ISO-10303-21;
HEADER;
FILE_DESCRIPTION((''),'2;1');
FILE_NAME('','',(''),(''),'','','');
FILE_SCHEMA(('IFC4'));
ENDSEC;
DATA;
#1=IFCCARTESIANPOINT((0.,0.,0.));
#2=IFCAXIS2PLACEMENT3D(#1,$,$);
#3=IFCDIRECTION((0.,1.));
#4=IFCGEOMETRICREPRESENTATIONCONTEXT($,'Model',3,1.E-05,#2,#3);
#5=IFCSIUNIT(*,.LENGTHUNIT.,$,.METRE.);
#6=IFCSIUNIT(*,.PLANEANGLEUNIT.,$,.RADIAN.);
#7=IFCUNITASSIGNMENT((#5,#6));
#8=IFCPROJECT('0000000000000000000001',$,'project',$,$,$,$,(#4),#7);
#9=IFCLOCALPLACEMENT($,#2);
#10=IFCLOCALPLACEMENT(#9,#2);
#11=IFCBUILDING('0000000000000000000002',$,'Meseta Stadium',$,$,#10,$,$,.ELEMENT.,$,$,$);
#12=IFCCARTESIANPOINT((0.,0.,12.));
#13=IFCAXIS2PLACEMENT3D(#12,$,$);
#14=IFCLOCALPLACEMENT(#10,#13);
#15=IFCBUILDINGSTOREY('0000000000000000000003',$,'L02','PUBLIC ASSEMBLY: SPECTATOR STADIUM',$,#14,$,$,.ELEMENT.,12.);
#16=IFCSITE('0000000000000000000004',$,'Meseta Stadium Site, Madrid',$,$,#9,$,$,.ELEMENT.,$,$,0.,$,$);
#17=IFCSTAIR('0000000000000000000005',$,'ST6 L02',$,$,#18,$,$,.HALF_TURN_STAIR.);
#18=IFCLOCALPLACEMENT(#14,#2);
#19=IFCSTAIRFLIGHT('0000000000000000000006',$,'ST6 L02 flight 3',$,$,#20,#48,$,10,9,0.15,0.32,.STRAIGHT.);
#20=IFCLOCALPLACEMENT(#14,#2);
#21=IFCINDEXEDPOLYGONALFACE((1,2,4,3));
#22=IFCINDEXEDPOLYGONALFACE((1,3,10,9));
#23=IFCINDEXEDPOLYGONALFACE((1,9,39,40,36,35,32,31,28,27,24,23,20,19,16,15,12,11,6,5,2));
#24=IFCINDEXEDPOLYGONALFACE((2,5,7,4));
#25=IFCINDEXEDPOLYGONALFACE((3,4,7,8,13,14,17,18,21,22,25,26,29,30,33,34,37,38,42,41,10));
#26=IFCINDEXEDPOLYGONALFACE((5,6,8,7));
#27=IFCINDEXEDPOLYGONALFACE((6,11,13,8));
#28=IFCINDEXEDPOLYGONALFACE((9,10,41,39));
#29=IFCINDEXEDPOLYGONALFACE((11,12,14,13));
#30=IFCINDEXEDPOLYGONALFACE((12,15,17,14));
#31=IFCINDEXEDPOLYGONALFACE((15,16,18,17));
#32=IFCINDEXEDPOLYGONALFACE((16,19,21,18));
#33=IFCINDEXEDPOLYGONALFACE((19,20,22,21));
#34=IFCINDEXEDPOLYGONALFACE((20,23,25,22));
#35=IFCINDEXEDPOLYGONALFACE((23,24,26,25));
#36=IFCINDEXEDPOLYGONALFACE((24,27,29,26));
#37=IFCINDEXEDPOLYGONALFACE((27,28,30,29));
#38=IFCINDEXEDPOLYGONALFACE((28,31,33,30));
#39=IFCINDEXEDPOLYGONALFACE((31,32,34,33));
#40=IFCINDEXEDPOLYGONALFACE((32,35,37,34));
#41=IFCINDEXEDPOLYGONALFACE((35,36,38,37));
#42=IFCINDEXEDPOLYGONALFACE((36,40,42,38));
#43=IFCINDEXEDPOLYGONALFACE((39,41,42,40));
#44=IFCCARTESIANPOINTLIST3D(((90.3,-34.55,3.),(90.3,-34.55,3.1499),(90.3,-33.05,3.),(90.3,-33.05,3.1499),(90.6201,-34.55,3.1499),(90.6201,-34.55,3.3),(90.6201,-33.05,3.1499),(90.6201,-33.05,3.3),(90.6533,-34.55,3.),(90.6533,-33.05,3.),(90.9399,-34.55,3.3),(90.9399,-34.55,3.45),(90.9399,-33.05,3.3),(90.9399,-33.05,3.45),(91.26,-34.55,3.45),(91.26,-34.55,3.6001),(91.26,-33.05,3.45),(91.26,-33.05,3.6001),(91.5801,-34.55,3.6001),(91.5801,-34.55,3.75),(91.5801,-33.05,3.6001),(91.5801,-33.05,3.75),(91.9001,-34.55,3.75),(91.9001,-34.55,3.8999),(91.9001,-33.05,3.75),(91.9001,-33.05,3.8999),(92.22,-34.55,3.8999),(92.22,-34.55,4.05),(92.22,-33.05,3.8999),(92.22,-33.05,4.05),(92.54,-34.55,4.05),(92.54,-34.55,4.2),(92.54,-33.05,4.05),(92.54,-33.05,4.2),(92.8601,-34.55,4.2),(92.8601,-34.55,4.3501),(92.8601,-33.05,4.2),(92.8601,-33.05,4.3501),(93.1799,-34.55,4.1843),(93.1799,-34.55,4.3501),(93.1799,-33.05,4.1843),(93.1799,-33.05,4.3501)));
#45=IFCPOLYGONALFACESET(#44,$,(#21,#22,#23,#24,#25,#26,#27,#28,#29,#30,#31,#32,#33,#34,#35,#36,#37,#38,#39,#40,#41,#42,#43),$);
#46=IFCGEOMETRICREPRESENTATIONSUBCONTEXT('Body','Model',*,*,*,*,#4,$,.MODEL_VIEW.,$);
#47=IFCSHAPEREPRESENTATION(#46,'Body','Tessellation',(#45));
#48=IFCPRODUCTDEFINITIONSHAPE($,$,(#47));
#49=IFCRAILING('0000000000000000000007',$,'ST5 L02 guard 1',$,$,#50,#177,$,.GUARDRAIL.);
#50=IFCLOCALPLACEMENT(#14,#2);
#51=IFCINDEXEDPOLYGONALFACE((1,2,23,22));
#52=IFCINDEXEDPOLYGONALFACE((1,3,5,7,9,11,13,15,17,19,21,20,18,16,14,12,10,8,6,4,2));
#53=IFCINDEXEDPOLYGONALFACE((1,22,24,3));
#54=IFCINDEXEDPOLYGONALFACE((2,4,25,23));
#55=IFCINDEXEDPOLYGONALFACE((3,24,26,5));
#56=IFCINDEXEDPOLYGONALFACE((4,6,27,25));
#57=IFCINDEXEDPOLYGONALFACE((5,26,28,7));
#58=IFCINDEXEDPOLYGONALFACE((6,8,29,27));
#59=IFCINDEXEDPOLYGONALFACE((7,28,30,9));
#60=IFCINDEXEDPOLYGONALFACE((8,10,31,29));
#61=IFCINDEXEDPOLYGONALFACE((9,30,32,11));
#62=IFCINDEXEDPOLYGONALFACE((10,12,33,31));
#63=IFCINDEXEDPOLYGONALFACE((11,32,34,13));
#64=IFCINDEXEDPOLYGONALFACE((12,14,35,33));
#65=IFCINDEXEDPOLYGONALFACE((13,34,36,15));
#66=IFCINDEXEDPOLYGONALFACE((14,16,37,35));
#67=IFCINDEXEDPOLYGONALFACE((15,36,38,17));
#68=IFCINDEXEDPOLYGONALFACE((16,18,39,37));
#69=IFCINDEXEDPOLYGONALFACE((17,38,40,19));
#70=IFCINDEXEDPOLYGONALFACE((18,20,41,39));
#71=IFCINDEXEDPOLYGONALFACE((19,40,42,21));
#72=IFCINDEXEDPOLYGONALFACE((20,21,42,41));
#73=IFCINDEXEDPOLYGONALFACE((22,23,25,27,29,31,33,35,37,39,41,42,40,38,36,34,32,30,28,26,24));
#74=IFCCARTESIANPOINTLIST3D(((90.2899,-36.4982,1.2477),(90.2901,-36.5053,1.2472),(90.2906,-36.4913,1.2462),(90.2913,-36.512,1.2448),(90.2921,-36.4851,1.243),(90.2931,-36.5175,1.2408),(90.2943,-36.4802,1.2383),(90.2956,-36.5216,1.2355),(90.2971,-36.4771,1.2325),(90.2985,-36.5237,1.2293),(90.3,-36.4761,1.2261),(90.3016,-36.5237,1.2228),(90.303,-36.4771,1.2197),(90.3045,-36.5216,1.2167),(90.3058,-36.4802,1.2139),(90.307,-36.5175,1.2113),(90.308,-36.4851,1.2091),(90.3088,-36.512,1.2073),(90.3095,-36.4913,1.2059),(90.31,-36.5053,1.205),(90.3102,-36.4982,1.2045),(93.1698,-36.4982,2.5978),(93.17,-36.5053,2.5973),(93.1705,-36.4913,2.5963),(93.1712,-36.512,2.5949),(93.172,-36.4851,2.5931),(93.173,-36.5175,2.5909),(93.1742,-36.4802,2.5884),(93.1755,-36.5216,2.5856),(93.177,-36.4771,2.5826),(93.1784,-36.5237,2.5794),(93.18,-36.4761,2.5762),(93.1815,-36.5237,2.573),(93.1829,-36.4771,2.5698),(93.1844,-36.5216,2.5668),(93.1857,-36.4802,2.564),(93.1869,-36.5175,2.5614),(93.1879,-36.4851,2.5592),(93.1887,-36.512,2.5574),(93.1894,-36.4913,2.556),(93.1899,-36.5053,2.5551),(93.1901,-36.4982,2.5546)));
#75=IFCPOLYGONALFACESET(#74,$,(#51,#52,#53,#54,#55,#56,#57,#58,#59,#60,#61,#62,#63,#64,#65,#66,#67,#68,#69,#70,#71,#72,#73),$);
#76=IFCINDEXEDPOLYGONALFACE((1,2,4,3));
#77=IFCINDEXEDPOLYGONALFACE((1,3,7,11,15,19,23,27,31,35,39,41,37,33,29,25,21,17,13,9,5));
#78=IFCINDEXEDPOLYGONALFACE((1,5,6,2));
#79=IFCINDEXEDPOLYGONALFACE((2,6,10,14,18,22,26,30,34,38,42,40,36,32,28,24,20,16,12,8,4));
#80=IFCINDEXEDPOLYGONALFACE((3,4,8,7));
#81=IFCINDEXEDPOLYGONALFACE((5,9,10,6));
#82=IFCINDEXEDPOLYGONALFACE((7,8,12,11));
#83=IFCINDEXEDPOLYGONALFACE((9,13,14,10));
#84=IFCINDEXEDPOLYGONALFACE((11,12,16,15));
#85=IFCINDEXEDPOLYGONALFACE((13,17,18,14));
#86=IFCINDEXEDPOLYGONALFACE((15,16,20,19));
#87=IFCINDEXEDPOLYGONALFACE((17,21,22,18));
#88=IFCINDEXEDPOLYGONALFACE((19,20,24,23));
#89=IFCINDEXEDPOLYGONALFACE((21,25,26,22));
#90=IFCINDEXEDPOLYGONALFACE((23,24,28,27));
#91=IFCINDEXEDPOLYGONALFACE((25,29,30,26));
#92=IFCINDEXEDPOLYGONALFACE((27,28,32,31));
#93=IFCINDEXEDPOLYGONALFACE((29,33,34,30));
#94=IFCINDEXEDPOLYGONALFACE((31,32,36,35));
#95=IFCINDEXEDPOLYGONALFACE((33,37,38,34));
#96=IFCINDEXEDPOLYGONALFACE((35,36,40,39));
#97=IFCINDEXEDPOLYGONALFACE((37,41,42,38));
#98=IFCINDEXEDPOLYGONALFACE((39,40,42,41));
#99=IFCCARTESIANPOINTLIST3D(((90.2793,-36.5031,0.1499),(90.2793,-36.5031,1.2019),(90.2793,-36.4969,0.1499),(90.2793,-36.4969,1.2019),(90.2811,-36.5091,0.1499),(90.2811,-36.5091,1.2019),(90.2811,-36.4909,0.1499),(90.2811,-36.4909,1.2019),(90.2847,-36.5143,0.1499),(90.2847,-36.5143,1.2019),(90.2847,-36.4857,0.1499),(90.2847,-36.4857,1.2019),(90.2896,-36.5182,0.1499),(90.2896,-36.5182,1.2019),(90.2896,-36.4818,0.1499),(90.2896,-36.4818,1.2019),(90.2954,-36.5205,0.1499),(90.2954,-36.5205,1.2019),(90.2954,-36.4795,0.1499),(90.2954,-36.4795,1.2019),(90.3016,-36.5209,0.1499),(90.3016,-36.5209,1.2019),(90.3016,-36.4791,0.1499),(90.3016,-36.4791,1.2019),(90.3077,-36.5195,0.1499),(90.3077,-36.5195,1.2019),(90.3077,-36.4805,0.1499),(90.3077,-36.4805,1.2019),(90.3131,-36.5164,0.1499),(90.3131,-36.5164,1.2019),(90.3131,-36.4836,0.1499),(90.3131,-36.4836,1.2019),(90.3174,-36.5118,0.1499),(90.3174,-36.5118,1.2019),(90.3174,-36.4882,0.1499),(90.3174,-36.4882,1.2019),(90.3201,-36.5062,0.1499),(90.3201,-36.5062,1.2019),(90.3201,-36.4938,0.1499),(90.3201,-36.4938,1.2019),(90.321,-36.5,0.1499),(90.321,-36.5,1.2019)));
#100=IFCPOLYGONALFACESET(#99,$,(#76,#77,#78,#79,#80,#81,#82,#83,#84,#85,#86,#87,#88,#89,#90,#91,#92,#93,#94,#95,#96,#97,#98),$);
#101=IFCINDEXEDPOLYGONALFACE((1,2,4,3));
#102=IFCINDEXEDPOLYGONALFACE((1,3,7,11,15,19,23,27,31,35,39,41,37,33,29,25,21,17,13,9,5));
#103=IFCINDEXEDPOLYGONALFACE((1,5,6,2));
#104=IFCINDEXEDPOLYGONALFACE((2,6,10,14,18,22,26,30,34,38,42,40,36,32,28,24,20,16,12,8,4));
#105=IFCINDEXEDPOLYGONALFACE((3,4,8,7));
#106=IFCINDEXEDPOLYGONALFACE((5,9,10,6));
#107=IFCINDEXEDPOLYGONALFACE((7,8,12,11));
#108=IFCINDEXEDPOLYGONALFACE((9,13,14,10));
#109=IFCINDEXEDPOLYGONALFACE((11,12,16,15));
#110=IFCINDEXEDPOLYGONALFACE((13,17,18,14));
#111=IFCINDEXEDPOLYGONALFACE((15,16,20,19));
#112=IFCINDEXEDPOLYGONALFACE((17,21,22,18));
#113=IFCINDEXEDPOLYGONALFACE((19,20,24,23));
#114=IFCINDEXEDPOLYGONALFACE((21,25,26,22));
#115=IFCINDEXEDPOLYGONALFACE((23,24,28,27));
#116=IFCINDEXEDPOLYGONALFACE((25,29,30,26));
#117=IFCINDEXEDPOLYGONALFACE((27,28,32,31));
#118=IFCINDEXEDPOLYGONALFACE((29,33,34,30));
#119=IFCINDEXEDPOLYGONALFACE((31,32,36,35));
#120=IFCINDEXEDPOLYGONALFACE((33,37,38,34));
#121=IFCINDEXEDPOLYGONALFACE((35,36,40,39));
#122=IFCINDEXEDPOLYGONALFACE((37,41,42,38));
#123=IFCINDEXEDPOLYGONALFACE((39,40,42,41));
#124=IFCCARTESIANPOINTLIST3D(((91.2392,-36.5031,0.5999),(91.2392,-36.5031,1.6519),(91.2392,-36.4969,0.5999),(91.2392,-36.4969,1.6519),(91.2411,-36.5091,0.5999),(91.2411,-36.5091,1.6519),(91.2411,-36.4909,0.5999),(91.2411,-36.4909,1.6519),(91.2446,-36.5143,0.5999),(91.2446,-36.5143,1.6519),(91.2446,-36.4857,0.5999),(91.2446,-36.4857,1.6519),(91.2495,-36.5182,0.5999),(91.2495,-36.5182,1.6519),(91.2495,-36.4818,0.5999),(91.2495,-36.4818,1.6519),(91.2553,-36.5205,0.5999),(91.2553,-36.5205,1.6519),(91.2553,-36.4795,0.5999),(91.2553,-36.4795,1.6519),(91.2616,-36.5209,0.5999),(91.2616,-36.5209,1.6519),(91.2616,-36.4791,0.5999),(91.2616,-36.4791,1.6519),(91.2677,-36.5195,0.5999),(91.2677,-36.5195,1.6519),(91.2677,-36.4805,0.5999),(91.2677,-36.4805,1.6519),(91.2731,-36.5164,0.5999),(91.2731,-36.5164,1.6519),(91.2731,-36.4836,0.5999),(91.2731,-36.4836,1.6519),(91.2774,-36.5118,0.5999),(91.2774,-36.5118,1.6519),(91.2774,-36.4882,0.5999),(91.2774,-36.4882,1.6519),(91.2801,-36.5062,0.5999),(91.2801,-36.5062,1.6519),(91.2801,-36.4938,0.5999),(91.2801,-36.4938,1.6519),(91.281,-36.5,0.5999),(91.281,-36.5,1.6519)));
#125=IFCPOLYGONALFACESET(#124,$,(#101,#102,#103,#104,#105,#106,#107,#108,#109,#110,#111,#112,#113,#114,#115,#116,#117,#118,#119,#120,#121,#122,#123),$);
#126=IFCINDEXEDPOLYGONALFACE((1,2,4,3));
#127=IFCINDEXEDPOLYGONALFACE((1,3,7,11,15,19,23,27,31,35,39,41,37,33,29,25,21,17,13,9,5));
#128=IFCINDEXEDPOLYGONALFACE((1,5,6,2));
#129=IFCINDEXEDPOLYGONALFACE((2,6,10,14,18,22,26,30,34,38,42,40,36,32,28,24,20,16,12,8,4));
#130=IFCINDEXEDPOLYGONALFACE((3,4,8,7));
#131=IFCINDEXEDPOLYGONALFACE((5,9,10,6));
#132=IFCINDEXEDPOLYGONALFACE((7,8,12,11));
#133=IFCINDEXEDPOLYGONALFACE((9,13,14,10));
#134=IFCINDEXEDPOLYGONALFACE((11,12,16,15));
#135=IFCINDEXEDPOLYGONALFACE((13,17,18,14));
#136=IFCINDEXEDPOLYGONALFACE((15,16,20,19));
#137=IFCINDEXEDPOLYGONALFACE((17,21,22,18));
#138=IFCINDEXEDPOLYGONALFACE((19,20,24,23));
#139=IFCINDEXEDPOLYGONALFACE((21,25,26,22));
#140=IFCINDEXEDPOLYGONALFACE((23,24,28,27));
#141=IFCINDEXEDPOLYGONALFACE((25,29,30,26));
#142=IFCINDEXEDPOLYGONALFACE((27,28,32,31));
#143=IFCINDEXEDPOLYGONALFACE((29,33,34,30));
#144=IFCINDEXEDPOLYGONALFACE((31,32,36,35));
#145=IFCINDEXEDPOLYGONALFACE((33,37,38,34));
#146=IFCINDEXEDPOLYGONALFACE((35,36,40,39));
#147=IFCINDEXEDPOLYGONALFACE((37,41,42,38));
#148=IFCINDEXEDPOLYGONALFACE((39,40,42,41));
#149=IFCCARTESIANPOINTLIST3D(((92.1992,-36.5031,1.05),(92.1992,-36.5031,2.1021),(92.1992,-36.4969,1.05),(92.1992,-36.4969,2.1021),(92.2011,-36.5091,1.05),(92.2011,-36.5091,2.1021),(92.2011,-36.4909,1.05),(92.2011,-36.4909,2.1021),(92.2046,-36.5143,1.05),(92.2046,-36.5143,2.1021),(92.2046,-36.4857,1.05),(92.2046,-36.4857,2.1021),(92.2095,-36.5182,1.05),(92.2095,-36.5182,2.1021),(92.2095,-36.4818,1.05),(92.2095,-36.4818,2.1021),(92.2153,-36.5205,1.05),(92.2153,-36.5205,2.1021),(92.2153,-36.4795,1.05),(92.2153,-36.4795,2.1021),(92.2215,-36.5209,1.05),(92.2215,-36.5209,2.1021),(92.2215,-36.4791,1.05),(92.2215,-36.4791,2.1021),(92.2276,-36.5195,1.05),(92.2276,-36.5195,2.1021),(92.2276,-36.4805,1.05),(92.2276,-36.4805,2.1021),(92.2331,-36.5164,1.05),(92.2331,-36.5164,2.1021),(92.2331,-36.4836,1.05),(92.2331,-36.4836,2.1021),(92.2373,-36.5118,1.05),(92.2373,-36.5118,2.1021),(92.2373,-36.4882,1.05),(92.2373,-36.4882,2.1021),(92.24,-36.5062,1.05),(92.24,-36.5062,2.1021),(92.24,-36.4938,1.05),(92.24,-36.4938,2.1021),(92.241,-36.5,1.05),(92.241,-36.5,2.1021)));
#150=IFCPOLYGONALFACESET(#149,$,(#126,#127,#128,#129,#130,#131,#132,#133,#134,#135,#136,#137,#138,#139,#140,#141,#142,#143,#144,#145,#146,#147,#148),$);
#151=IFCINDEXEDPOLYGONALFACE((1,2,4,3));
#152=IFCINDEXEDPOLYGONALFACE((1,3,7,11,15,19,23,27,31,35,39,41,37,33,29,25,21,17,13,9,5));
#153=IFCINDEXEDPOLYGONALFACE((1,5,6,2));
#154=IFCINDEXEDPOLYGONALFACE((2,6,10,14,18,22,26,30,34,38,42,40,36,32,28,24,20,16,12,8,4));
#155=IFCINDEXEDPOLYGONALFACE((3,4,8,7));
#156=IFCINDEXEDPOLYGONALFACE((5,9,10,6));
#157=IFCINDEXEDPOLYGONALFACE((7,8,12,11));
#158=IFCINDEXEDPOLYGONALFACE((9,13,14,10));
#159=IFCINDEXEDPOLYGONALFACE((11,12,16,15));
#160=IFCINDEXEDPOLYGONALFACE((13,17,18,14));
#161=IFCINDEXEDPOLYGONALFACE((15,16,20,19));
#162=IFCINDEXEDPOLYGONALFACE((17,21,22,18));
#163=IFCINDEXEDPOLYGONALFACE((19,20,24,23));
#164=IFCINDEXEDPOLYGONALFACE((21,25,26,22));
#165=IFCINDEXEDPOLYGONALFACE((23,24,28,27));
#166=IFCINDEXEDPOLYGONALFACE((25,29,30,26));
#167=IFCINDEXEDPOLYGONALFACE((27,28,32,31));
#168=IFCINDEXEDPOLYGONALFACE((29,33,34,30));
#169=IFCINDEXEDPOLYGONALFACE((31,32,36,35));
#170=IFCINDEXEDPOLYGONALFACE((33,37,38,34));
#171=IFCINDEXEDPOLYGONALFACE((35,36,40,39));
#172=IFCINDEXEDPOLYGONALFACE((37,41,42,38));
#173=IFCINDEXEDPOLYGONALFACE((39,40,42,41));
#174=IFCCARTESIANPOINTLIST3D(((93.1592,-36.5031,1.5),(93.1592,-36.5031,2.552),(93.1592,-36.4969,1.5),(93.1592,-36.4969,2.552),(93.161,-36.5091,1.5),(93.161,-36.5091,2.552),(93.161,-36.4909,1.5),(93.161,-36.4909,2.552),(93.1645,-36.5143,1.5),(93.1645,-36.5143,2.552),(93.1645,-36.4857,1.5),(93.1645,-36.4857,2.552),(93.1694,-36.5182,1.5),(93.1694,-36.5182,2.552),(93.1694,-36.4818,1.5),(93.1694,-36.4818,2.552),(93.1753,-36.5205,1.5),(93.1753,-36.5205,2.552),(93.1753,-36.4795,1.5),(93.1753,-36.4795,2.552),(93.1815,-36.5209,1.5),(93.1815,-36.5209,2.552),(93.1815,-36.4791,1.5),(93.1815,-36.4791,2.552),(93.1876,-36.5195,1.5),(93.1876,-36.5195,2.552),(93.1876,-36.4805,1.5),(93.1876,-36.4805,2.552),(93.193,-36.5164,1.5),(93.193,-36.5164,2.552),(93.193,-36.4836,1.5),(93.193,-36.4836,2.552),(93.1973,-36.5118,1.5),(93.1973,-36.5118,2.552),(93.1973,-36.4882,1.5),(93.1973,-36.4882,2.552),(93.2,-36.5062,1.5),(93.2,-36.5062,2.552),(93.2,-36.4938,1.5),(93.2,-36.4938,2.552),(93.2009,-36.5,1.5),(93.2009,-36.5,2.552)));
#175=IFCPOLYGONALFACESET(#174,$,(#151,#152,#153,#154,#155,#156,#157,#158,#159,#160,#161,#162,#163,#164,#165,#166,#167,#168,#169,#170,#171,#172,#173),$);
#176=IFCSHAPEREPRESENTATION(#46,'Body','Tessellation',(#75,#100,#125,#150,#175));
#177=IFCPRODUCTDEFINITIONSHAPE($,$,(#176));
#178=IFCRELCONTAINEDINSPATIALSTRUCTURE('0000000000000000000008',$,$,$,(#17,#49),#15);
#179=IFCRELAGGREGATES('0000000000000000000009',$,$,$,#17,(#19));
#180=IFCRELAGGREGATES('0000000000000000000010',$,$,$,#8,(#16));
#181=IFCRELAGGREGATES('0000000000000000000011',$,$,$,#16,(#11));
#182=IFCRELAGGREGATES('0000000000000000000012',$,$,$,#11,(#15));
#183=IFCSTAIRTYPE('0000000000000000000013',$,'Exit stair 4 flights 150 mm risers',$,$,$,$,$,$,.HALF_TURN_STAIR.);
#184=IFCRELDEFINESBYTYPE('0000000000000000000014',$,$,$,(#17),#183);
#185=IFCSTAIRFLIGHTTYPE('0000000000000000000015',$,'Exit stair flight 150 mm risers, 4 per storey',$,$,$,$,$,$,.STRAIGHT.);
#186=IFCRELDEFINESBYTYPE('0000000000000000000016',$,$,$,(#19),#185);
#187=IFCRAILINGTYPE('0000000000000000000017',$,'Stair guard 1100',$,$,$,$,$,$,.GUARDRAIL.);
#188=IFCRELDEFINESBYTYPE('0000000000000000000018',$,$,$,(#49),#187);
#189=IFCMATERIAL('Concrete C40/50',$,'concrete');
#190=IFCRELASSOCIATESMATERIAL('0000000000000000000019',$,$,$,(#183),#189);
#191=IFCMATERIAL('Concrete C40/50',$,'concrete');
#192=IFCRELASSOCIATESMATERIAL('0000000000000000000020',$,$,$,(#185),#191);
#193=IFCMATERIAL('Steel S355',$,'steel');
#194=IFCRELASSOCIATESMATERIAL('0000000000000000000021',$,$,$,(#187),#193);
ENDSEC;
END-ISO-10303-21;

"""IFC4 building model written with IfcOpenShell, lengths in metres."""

from ifc_helpers import new_model, si_unit, direction, frame, origin, origin_2d, place, context, subcontext, project, spatial, polyline, circle, outline, extrude, material, type_object, element, aggregate, save


model = new_model("IFC4")

# Units and contexts
model_context = context("Model", 3, precision=1e-05, world=origin(), true_north=direction((0.0, 1.0)))
body_context = subcontext(model_context, "Body", "Model", "MODEL_VIEW")
ifc_project = project(units=[si_unit("LENGTHUNIT", "METRE"), si_unit("PLANEANGLEUNIT", "RADIAN")], contexts=[model_context])

# Site, building, storey
site_placement = place(None, origin())
site = spatial("IfcSite", under=ifc_project, at=site_placement, Name="Meseta Stadium Site, Madrid", CompositionType="ELEMENT", RefElevation=0.0)
building_placement = place(site_placement, origin())
building = spatial("IfcBuilding", under=site, at=building_placement, Name="Meseta Stadium", CompositionType="ELEMENT")
storey_placement = place(building_placement, frame((0.0, 0.0, 12.0)))
storey = spatial("IfcBuildingStorey", under=building, at=storey_placement, Name="L02", Description="PUBLIC ASSEMBLY: SPECTATOR STADIUM", CompositionType="ELEMENT", Elevation=12.0)

# Stair, stair flight
ifc_material_1 = material(Name="Concrete C40/50", Category="concrete")
stair_type = type_object("IfcStairType", Name="Exit stair 4 flights 150 mm risers", PredefinedType="HALF_TURN_STAIR", material=ifc_material_1)
ifc_material_2 = material(Name="Concrete C40/50", Category="concrete")
stair_flight_type = type_object("IfcStairFlightType", Name="Exit stair flight 150 mm risers, 4 per storey", PredefinedType="STRAIGHT", material=ifc_material_2)
stair_1_placement = place(storey_placement, origin())
stair_1 = element("IfcStair", 1, at=stair_1_placement, inside=storey, type_object=stair_type, Name="ST6 L02", PredefinedType="HALF_TURN_STAIR")
stair_flight_1_placement = place(storey_placement, frame((90.3, -33.8, 3.0), z_axis=(0.0, 0.0, 1.0), x_axis=(1.0, 0.0, 0.0)))
stair_flight_1 = element("IfcStairFlight", 2, at=stair_flight_1_placement, type_object=stair_flight_type, Name="ST6 L02 flight 3", NumberOfRisers=10, NumberOfTreads=9, PredefinedType="STRAIGHT", RiserHeight=0.15, TreadLength=0.32, context=body_context, shape_type="SweptSolid", body=[
    extrude(outline(polyline([(0.0, 0.0), (0.0, 0.1499), (0.3201, 0.1499), (0.3201, 0.3), (0.6399, 0.3), (0.6399, 0.45), (0.96, 0.45), (0.96, 0.6001), (1.28, 0.6001), (1.28, 0.75), (1.6001, 0.75), (1.6001, 0.8999), (1.9199, 0.8999), (1.9199, 1.05), (2.24, 1.05), (2.24, 1.2), (2.5601, 1.2), (2.5601, 1.3501), (2.8799, 1.3501), (2.8799, 1.1843), (0.3533, 0.0), (0.0, 0.0)])), frame((0.0, 0.75, 0.0), z_axis=(0.0, -1.0, 0.0), x_axis=(1.0, 0.0, 0.0)), (0.0, 0.0, 1.0), 1.5),
])
aggregate(stair_1, [stair_flight_1])

# Railing
ifc_material_3 = material(Name="Steel S355", Category="steel")
railing_type_1 = type_object("IfcRailingType", Name="Stair guard 1100", PredefinedType="GUARDRAIL", material=ifc_material_3)
railing_1_placement = place(storey_placement, frame((90.3, -36.5, 0.1499)))
element("IfcRailing", 3, at=railing_1_placement, inside=storey, type_object=railing_type_1, Name="ST5 L02 guard 1", PredefinedType="GUARDRAIL", context=body_context, shape_type="SweptSolid", body=[
    extrude(circle(Radius=0.0239, at=origin_2d()), frame((0.0, 0.0, 1.0762), z_axis=(0.90544, 0.0, 0.424473), x_axis=(0.0, 1.0, 0.0)), (0.0, 0.0, 1.0), 3.1807),
    extrude(circle(Radius=0.021, at=origin_2d()), origin(), (0.0, 0.0, 1.0), 1.052),
    extrude(circle(Radius=0.021, at=origin_2d()), frame((0.96, 0.0, 0.45)), (0.0, 0.0, 1.0), 1.052),
    extrude(circle(Radius=0.021, at=origin_2d()), frame((1.9199, 0.0, 0.9001)), (0.0, 0.0, 1.0), 1.052),
    extrude(circle(Radius=0.021, at=origin_2d()), frame((2.8799, 0.0, 1.3501)), (0.0, 0.0, 1.0), 1.052),
])

save(model, "model.ifc")
